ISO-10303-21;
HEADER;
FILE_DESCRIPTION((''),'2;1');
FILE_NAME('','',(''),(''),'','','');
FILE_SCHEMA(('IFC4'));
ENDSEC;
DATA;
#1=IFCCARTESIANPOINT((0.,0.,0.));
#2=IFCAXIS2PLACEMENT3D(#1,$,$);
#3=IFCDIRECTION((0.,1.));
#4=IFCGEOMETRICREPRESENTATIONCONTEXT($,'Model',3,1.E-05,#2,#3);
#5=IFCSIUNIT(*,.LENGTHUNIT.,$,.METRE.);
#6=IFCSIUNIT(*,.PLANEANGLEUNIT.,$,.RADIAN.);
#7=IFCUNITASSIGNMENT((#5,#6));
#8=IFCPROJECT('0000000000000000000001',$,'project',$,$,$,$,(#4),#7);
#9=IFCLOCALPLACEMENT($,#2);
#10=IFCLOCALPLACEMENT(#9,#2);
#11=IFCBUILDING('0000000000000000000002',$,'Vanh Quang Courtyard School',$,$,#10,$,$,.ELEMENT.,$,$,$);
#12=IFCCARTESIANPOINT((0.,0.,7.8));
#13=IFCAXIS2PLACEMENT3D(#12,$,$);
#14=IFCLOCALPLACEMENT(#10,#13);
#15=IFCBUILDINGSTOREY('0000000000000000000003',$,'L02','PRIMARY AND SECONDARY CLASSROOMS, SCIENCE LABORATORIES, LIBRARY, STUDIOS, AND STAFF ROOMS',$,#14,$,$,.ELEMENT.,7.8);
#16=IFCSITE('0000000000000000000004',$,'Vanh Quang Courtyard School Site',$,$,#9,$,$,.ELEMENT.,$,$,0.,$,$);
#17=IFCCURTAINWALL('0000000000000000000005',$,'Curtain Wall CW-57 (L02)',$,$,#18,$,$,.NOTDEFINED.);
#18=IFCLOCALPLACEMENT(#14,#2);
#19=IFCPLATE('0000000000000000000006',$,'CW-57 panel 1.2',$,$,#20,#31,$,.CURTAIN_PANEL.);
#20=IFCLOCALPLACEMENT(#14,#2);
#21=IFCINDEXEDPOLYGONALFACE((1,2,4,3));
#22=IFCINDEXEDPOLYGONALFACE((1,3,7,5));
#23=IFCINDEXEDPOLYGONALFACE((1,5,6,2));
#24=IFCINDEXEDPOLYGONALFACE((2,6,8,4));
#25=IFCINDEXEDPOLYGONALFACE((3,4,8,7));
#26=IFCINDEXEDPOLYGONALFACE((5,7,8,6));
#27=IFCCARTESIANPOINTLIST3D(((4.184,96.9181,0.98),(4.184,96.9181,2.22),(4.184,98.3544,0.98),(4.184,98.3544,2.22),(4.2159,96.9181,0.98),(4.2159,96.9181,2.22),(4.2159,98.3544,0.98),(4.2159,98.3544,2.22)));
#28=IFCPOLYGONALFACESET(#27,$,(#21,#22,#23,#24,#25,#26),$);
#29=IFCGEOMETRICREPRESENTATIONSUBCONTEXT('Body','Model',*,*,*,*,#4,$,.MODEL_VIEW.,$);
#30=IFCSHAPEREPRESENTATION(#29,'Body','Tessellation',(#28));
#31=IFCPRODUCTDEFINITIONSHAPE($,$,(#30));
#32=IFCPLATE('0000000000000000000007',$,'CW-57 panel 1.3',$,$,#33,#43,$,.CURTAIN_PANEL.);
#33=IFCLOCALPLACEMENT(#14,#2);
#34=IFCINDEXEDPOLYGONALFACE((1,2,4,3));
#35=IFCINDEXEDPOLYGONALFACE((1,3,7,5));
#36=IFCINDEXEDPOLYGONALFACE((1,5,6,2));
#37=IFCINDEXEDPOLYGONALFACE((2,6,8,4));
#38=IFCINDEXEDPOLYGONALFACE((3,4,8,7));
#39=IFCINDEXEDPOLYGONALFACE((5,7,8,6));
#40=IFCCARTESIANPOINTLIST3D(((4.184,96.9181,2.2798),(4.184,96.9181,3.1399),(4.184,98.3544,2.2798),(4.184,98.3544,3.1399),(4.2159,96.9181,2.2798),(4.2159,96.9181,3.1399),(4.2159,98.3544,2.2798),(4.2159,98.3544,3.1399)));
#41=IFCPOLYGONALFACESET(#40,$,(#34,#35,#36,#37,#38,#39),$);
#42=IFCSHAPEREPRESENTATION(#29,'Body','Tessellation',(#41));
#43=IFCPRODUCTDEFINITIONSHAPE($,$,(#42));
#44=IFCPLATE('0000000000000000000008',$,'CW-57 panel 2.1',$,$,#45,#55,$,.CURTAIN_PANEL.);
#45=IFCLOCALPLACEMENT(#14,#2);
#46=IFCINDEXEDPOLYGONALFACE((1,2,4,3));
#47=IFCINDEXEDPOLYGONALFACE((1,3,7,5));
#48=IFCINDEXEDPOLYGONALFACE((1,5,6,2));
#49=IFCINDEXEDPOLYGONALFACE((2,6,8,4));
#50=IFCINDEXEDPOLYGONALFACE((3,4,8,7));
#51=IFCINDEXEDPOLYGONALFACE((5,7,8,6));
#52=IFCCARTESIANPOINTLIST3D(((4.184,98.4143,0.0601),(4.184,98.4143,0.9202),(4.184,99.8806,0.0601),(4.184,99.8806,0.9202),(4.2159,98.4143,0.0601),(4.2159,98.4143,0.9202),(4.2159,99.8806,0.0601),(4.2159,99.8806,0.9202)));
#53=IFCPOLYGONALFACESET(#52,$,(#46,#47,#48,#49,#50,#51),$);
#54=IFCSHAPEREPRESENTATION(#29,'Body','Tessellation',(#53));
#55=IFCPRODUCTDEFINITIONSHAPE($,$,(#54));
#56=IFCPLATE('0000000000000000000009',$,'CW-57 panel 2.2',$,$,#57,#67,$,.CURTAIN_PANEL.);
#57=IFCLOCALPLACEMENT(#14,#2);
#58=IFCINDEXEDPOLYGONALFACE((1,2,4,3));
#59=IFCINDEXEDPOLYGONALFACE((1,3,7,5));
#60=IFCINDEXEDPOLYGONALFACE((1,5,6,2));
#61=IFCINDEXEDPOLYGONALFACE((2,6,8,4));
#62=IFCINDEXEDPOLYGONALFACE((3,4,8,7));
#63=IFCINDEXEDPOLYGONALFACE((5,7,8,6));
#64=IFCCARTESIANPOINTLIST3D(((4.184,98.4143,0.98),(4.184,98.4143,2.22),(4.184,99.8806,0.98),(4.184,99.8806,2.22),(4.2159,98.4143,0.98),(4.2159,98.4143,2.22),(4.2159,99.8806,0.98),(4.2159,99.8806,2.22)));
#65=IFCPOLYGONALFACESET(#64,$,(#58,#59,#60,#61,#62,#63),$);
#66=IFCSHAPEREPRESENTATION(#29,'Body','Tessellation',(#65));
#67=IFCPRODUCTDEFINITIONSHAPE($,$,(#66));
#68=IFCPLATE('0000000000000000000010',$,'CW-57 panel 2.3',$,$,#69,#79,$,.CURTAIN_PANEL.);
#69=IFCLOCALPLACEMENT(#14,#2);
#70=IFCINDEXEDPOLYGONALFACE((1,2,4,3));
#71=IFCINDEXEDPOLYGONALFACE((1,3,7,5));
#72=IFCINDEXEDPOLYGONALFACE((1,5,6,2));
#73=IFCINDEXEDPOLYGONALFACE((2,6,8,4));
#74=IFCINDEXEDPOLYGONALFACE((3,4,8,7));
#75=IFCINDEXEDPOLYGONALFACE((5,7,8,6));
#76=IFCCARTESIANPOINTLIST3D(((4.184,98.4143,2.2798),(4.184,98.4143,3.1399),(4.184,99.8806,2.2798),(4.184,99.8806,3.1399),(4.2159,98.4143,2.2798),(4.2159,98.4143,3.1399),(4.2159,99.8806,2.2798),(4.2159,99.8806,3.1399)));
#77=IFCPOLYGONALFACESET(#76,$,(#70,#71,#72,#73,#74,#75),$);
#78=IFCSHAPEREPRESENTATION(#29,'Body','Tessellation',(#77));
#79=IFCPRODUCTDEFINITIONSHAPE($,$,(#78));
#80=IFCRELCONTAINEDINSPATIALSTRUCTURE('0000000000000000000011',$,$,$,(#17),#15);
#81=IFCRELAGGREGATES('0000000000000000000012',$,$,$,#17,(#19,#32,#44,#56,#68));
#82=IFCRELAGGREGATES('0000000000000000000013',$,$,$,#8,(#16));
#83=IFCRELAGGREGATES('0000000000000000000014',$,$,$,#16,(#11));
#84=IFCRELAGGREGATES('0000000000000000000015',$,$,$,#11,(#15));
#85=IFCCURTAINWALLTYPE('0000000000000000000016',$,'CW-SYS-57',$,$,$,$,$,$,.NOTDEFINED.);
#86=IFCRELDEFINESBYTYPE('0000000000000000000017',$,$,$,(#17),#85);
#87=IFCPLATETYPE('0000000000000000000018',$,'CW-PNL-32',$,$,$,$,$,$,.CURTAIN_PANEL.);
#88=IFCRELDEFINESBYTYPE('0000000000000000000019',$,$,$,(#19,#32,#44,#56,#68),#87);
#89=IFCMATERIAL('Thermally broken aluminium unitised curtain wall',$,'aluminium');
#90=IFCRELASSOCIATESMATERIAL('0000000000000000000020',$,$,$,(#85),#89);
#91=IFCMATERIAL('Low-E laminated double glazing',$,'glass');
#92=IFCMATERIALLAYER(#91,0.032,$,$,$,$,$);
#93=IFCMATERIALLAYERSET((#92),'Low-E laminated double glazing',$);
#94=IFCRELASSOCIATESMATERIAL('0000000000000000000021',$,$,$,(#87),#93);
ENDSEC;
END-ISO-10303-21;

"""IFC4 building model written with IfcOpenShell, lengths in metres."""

from ifc_helpers import new_model, si_unit, direction, frame, origin, origin_2d, place, context, subcontext, project, spatial, rectangle, extrude, material, layer, layer_set, type_object, element, aggregate, save


model = new_model("IFC4")

# Units and contexts
model_context = context("Model", 3, precision=1e-05, world=origin(), true_north=direction((0.0, 1.0)))
body_context = subcontext(model_context, "Body", "Model", "MODEL_VIEW")
ifc_project = project(units=[si_unit("LENGTHUNIT", "METRE"), si_unit("PLANEANGLEUNIT", "RADIAN")], contexts=[model_context])

# Site, building, storey
site_placement = place(None, origin())
site = spatial("IfcSite", under=ifc_project, at=site_placement, Name="Vanh Quang Courtyard School Site", CompositionType="ELEMENT", RefElevation=0.0)
building_placement = place(site_placement, origin())
building = spatial("IfcBuilding", under=site, at=building_placement, Name="Vanh Quang Courtyard School", CompositionType="ELEMENT")
storey_placement = place(building_placement, frame((0.0, 0.0, 7.8)))
storey = spatial("IfcBuildingStorey", under=building, at=storey_placement, Name="L02", Description="PRIMARY AND SECONDARY CLASSROOMS, SCIENCE LABORATORIES, LIBRARY, STUDIOS, AND STAFF ROOMS", CompositionType="ELEMENT", Elevation=7.8)

# Curtain wall, plates
ifc_material_1 = material(Name="Thermally broken aluminium unitised curtain wall", Category="aluminium")
curtain_wall_type = type_object("IfcCurtainWallType", Name="CW-SYS-57", PredefinedType="NOTDEFINED", material=ifc_material_1)
curtain_wall_placement = place(storey_placement, origin())
curtain_wall = element("IfcCurtainWall", 1, at=curtain_wall_placement, inside=storey, type_object=curtain_wall_type, Name="Curtain Wall CW-57 (L02)", PredefinedType="NOTDEFINED")
ifc_material_2 = material(Name="Low-E laminated double glazing", Category="glass")
ifc_layer = layer(ifc_material_2, 0.032)
ifc_layer_set = layer_set([ifc_layer], Name="Low-E laminated double glazing")
plate_type = type_object("IfcPlateType", Name="CW-PNL-32", PredefinedType="CURTAIN_PANEL", material=ifc_layer_set)
plate_1_placement = place(storey_placement, frame((4.2, 97.6362, 0.98), z_axis=(0.0, 0.0, 1.0), x_axis=(0.0, 1.0, 0.0)))
plate_1 = element("IfcPlate", 2, at=plate_1_placement, type_object=plate_type, Name="CW-57 panel 1.2", PredefinedType="CURTAIN_PANEL", context=body_context, shape_type="SweptSolid", body=[
    extrude(rectangle(XDim=1.4363, YDim=0.032, at=origin_2d()), origin(), (0.0, 0.0, 1.0), 1.24),
])
plate_2_placement = place(storey_placement, frame((4.2, 97.6362, 2.2798), z_axis=(0.0, 0.0, 1.0), x_axis=(0.0, 1.0, 0.0)))
plate_2 = element("IfcPlate", 3, at=plate_2_placement, type_object=plate_type, Name="CW-57 panel 1.3", PredefinedType="CURTAIN_PANEL", context=body_context, shape_type="SweptSolid", body=[
    extrude(rectangle(XDim=1.4363, YDim=0.032, at=origin_2d()), origin(), (0.0, 0.0, 1.0), 0.8601),
])
plate_3_placement = place(storey_placement, frame((4.2, 99.1475, 0.0601), z_axis=(0.0, 0.0, 1.0), x_axis=(0.0, 1.0, 0.0)))
plate_3 = element("IfcPlate", 4, at=plate_3_placement, type_object=plate_type, Name="CW-57 panel 2.1", PredefinedType="CURTAIN_PANEL", context=body_context, shape_type="SweptSolid", body=[
    extrude(rectangle(XDim=1.4663, YDim=0.032, at=origin_2d()), origin(), (0.0, 0.0, 1.0), 0.8601),
])
plate_4_placement = place(storey_placement, frame((4.2, 99.1475, 0.98), z_axis=(0.0, 0.0, 1.0), x_axis=(0.0, 1.0, 0.0)))
plate_4 = element("IfcPlate", 5, at=plate_4_placement, type_object=plate_type, Name="CW-57 panel 2.2", PredefinedType="CURTAIN_PANEL", context=body_context, shape_type="SweptSolid", body=[
    extrude(rectangle(XDim=1.4663, YDim=0.032, at=origin_2d()), origin(), (0.0, 0.0, 1.0), 1.24),
])
plate_5_placement = place(storey_placement, frame((4.2, 99.1475, 2.2798), z_axis=(0.0, 0.0, 1.0), x_axis=(0.0, 1.0, 0.0)))
plate_5 = element("IfcPlate", 6, at=plate_5_placement, type_object=plate_type, Name="CW-57 panel 2.3", PredefinedType="CURTAIN_PANEL", context=body_context, shape_type="SweptSolid", body=[
    extrude(rectangle(XDim=1.4663, YDim=0.032, at=origin_2d()), origin(), (0.0, 0.0, 1.0), 0.8601),
])
aggregate(curtain_wall, [plate_1, plate_2, plate_3, plate_4, plate_5])

save(model, "model.ifc")
